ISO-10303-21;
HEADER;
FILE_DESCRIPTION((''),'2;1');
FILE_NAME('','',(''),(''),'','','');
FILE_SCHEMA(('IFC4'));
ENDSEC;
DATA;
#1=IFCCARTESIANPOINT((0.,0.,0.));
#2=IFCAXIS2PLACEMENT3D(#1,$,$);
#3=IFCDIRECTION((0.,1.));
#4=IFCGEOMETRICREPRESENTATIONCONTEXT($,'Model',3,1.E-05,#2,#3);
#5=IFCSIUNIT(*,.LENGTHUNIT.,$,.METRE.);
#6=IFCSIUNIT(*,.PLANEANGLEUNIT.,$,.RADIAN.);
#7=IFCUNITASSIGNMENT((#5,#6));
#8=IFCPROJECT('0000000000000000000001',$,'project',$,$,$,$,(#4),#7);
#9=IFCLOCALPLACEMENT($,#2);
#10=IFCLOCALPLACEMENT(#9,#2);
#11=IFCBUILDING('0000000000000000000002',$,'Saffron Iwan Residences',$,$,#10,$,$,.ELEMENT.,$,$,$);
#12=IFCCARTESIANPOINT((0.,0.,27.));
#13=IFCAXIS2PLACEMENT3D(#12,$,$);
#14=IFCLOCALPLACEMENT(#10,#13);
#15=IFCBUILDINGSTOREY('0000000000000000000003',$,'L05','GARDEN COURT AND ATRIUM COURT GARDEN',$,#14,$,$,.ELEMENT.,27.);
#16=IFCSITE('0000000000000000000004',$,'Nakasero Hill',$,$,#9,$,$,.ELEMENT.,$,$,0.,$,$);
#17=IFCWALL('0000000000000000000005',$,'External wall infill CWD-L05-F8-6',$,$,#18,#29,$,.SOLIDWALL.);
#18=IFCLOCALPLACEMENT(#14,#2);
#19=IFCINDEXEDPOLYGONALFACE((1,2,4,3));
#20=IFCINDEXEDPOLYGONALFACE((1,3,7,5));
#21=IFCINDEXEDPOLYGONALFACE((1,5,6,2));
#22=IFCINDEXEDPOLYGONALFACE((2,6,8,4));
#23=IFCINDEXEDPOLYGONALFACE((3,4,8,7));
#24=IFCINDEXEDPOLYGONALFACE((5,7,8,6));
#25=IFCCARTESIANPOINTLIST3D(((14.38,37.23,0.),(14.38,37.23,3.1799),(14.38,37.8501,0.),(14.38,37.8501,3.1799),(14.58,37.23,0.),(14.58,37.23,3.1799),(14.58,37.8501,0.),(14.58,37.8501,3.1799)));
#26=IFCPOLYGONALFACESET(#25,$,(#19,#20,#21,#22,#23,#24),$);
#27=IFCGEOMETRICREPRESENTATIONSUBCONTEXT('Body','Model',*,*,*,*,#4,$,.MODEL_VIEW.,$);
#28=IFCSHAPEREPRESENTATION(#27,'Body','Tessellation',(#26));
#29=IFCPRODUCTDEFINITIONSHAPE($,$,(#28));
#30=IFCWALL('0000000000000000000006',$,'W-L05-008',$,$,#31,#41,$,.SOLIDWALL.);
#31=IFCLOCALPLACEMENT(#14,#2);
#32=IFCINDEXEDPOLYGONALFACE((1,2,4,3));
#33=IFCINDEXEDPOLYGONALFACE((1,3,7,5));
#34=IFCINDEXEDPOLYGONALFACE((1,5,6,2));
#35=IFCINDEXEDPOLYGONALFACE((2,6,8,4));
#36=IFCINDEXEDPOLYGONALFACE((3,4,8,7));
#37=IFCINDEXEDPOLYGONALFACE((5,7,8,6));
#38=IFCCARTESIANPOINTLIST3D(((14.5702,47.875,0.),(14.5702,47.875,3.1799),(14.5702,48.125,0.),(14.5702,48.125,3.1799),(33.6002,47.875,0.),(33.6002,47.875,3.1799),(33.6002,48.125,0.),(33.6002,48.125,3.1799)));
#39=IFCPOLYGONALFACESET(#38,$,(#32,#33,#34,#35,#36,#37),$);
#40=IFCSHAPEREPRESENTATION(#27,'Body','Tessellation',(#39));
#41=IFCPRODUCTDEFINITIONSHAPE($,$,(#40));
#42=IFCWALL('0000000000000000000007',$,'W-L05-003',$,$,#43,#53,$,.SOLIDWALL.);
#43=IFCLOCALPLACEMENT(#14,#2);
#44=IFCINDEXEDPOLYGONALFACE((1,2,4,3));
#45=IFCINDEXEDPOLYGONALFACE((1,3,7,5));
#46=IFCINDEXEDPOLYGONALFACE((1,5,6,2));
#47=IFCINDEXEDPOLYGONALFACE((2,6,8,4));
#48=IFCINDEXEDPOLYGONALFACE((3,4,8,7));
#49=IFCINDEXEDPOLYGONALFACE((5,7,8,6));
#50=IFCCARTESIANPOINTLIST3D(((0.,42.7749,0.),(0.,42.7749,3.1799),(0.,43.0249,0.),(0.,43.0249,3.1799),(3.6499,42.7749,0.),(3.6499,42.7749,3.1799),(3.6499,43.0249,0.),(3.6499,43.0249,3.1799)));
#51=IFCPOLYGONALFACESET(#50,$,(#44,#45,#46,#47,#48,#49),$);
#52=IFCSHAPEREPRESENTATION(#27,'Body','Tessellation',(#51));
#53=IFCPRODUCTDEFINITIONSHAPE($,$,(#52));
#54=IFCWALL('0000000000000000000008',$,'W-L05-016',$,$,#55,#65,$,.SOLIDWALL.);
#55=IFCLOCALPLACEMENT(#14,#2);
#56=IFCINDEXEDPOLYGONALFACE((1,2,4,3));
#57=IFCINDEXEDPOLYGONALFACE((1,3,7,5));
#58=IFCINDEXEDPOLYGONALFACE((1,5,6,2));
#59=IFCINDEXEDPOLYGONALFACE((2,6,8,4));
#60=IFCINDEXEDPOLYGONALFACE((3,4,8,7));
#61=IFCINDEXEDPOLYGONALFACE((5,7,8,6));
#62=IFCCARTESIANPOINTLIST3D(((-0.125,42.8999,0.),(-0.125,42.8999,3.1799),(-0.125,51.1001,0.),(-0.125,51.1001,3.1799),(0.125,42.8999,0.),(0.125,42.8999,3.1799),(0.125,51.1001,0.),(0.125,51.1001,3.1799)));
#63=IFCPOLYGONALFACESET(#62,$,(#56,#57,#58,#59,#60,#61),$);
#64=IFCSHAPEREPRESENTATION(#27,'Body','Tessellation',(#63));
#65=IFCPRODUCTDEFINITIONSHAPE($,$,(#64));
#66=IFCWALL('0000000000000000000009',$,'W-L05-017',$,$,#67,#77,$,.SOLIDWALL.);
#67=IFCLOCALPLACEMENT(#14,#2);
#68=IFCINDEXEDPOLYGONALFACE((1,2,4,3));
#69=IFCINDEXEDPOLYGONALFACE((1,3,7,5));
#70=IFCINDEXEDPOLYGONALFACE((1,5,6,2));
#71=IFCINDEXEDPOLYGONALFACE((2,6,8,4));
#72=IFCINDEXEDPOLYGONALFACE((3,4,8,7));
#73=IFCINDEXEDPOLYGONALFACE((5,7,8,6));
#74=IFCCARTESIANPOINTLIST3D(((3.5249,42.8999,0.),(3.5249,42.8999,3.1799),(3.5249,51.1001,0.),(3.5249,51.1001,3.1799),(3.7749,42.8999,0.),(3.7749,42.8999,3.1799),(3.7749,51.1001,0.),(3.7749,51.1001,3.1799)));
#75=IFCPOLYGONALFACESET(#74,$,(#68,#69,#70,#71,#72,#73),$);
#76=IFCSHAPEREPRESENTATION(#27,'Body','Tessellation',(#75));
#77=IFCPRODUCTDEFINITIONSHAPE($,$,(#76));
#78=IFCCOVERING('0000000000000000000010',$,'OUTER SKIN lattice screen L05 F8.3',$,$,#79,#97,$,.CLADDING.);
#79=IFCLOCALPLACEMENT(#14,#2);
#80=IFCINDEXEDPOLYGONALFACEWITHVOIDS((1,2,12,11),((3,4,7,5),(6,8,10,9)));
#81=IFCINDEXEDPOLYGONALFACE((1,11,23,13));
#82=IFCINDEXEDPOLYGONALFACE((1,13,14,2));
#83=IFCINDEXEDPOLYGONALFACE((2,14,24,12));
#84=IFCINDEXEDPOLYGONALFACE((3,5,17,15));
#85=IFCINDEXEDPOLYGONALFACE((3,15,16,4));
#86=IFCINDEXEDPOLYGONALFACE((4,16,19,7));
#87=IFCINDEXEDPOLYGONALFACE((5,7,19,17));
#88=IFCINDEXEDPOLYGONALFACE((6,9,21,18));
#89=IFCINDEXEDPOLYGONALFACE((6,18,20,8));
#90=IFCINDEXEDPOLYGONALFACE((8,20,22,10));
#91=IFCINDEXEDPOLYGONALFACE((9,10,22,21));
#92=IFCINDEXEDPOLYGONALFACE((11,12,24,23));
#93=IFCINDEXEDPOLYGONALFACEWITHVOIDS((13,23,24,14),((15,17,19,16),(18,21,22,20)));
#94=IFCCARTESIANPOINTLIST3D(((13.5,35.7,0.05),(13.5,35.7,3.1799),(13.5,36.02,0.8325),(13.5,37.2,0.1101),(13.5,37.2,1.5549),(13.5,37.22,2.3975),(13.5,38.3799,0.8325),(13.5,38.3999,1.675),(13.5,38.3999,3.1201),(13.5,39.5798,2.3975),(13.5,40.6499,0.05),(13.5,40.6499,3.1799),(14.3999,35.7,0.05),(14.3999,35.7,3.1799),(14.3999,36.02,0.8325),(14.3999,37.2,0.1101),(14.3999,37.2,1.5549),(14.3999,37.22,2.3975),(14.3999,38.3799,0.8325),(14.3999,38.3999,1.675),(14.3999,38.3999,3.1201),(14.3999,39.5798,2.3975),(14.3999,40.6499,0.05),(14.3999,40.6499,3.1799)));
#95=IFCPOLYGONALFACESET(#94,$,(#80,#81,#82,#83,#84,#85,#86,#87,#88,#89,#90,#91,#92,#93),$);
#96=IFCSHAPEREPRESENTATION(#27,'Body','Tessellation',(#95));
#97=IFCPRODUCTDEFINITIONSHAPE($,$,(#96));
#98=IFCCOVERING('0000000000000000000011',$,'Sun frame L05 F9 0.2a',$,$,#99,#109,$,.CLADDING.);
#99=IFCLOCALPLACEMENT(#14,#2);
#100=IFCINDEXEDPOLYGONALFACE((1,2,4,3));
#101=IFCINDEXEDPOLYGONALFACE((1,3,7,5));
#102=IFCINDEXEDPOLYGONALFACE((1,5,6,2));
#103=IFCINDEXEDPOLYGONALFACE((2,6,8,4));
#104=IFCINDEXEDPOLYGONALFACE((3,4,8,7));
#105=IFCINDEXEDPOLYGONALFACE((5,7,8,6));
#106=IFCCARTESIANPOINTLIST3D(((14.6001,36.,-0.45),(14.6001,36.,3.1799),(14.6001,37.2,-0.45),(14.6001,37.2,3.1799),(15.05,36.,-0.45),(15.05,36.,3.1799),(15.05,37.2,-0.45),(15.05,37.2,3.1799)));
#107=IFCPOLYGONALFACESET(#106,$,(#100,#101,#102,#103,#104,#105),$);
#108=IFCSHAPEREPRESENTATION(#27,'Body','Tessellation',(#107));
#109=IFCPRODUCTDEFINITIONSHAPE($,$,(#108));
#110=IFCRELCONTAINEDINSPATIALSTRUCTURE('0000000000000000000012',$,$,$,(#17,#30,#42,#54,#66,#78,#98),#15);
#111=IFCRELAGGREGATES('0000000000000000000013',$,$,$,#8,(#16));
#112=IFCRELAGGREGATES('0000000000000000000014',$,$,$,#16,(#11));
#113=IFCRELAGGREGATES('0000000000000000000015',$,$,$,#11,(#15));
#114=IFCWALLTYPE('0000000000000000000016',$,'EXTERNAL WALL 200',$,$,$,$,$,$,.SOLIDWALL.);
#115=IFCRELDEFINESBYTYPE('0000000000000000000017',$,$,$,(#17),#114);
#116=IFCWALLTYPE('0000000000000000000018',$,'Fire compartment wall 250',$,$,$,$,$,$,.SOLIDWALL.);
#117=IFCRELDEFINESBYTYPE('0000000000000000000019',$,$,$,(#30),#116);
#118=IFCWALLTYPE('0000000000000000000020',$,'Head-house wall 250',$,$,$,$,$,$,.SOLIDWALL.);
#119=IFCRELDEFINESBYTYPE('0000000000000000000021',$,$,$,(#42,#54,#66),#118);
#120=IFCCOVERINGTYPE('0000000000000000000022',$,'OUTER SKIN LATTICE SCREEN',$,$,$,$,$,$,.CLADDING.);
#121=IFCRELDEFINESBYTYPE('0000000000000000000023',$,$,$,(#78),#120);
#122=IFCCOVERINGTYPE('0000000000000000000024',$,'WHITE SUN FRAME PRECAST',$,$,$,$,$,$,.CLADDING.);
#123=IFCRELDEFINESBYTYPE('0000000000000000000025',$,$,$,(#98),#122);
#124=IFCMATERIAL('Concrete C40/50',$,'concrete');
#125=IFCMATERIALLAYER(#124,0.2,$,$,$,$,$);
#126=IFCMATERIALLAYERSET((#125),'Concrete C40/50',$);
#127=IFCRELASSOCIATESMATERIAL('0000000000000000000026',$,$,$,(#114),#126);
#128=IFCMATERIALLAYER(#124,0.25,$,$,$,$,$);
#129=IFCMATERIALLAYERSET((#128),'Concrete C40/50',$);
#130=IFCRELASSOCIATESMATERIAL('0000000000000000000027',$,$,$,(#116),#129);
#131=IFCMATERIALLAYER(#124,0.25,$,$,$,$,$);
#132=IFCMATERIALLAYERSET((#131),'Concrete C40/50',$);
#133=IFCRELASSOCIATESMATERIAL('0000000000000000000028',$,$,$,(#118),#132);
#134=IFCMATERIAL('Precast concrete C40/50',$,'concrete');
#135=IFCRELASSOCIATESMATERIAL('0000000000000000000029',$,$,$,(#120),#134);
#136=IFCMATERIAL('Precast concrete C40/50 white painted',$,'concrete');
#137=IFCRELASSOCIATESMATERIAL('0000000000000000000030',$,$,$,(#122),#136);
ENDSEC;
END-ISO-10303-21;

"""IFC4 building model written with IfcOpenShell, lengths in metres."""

from ifc_helpers import new_model, si_unit, direction, frame, frame_2d, origin, place, context, subcontext, project, spatial, polyline, rectangle, outline, extrude, material, layer, layer_set, type_object, element, save


model = new_model("IFC4")

# Units and contexts
model_context = context("Model", 3, precision=1e-05, world=origin(), true_north=direction((0.0, 1.0)))
body_context = subcontext(model_context, "Body", "Model", "MODEL_VIEW")
ifc_project = project(units=[si_unit("LENGTHUNIT", "METRE"), si_unit("PLANEANGLEUNIT", "RADIAN")], contexts=[model_context])

# Site, building, storey
site_placement = place(None, origin())
site = spatial("IfcSite", under=ifc_project, at=site_placement, Name="Nakasero Hill", CompositionType="ELEMENT", RefElevation=0.0)
building_placement = place(site_placement, origin())
building = spatial("IfcBuilding", under=site, at=building_placement, Name="Saffron Iwan Residences", CompositionType="ELEMENT")
storey_placement = place(building_placement, frame((0.0, 0.0, 27.0)))
storey = spatial("IfcBuildingStorey", under=building, at=storey_placement, Name="L05", Description="GARDEN COURT AND ATRIUM COURT GARDEN", CompositionType="ELEMENT", Elevation=27.0)

# Shared definitions
ifc_material_1 = material(Name="Concrete C40/50", Category="concrete")
ifc_layer_1 = layer(ifc_material_1, 0.2)
ifc_layer_set_1 = layer_set([ifc_layer_1], Name="Concrete C40/50")
wall_type_1 = type_object("IfcWallType", Name="EXTERNAL WALL 200", PredefinedType="SOLIDWALL", material=ifc_layer_set_1)

# Walls
wall_1_placement = place(storey_placement, frame((14.48, 37.8501, 0.0), z_axis=(0.0, 0.0, 1.0), x_axis=(0.0, -1.0, 0.0)))
element("IfcWall", 1, at=wall_1_placement, inside=storey, type_object=wall_type_1, Name="External wall infill CWD-L05-F8-6", PredefinedType="SOLIDWALL", context=body_context, shape_type="SweptSolid", body=[
    extrude(rectangle(XDim=0.6201, YDim=0.2, at=frame_2d((0.3101, 0.0))), origin(), (0.0, 0.0, 1.0), 3.1799),
])
ifc_layer_2 = layer(ifc_material_1, 0.25)
ifc_layer_set_2 = layer_set([ifc_layer_2], Name="Concrete C40/50")
wall_type_2 = type_object("IfcWallType", Name="Fire compartment wall 250", PredefinedType="SOLIDWALL", material=ifc_layer_set_2)
wall_2_placement = place(storey_placement, frame((14.5701, 48.0, 0.0), z_axis=(0.0, 0.0, 1.0), x_axis=(1.0, 0.0, 0.0)))
element("IfcWall", 2, at=wall_2_placement, inside=storey, type_object=wall_type_2, Name="W-L05-008", PredefinedType="SOLIDWALL", context=body_context, shape_type="SweptSolid", body=[
    extrude(rectangle(XDim=19.03, YDim=0.25, at=frame_2d((9.5151, 0.0))), origin(), (0.0, 0.0, 1.0), 3.1799),
])
ifc_layer_3 = layer(ifc_material_1, 0.25)
ifc_layer_set_3 = layer_set([ifc_layer_3], Name="Concrete C40/50")
wall_type_3 = type_object("IfcWallType", Name="Head-house wall 250", PredefinedType="SOLIDWALL", material=ifc_layer_set_3)
wall_3_placement = place(storey_placement, frame((0.0, 42.8999, 0.0), z_axis=(0.0, 0.0, 1.0), x_axis=(1.0, 0.0, 0.0)))
element("IfcWall", 3, at=wall_3_placement, inside=storey, type_object=wall_type_3, Name="W-L05-003", PredefinedType="SOLIDWALL", context=body_context, shape_type="SweptSolid", body=[
    extrude(rectangle(XDim=3.6499, YDim=0.25, at=frame_2d((1.825, 0.0))), origin(), (0.0, 0.0, 1.0), 3.1799),
])
for number, where, z_axis, x_axis, name in (
    (4, (0.0, 42.8999, 0.0), (0.0, 0.0, 1.0), (0.0, 1.0, 0.0), "W-L05-016"),
    (5, (3.6499, 42.8999, 0.0), (0.0, 0.0, 1.0), (0.0, 1.0, 0.0), "W-L05-017"),
):
    element("IfcWall", number, at=place(storey_placement, frame(where, z_axis=z_axis, x_axis=x_axis)), inside=storey, type_object=wall_type_3, Name=name, PredefinedType="SOLIDWALL", context=body_context, shape_type="SweptSolid", body=[
        extrude(rectangle(XDim=8.2002, YDim=0.25, at=frame_2d((4.1001, 0.0))), origin(), (0.0, 0.0, 1.0), 3.1799),
    ])

# Coverings
ifc_material_2 = material(Name="Precast concrete C40/50", Category="concrete")
covering_type_1 = type_object("IfcCoveringType", Name="OUTER SKIN LATTICE SCREEN", PredefinedType="CLADDING", material=ifc_material_2)
covering_1_placement = place(storey_placement, frame((14.3999, 40.6499, 0.05), z_axis=(-1.0, 0.0, 0.0), x_axis=(0.0, -1.0, 0.0)))
element("IfcCovering", 6, at=covering_1_placement, inside=storey, type_object=covering_type_1, Name="OUTER SKIN lattice screen L05 F8.3", PredefinedType="CLADDING", context=body_context, shape_type="SweptSolid", body=[
    extrude(outline(polyline([(0.0, 0.0), (4.95, 0.0), (4.95, 3.1299), (0.0, 3.1299), (0.0, 0.0)]), holes=[polyline([(2.27, 0.7825), (3.45, 0.0601), (4.6299, 0.7825), (3.45, 1.5049), (2.27, 0.7825)]), polyline([(1.0701, 2.3474), (2.25, 1.625), (3.4299, 2.3474), (2.25, 3.0701), (1.0701, 2.3474)])]), origin(), (0.0, 0.0, 1.0), 0.8999),
])
ifc_material_3 = material(Name="Precast concrete C40/50 white painted", Category="concrete")
covering_type_2 = type_object("IfcCoveringType", Name="WHITE SUN FRAME PRECAST", PredefinedType="CLADDING", material=ifc_material_3)
covering_2_placement = place(storey_placement, frame((14.6001, 37.2, -0.45), z_axis=(0.0, -1.0, 0.0), x_axis=(1.0, 0.0, 0.0)))
element("IfcCovering", 7, at=covering_2_placement, inside=storey, type_object=covering_type_2, Name="Sun frame L05 F9 0.2a", PredefinedType="CLADDING", context=body_context, shape_type="SweptSolid", body=[
    extrude(outline(polyline([(0.0, 0.0), (0.45, 0.0), (0.45, 3.6299), (0.0, 3.6299), (0.0, 0.0)])), origin(), (0.0, 0.0, 1.0), 1.2),
])

save(model, "model.ifc")
